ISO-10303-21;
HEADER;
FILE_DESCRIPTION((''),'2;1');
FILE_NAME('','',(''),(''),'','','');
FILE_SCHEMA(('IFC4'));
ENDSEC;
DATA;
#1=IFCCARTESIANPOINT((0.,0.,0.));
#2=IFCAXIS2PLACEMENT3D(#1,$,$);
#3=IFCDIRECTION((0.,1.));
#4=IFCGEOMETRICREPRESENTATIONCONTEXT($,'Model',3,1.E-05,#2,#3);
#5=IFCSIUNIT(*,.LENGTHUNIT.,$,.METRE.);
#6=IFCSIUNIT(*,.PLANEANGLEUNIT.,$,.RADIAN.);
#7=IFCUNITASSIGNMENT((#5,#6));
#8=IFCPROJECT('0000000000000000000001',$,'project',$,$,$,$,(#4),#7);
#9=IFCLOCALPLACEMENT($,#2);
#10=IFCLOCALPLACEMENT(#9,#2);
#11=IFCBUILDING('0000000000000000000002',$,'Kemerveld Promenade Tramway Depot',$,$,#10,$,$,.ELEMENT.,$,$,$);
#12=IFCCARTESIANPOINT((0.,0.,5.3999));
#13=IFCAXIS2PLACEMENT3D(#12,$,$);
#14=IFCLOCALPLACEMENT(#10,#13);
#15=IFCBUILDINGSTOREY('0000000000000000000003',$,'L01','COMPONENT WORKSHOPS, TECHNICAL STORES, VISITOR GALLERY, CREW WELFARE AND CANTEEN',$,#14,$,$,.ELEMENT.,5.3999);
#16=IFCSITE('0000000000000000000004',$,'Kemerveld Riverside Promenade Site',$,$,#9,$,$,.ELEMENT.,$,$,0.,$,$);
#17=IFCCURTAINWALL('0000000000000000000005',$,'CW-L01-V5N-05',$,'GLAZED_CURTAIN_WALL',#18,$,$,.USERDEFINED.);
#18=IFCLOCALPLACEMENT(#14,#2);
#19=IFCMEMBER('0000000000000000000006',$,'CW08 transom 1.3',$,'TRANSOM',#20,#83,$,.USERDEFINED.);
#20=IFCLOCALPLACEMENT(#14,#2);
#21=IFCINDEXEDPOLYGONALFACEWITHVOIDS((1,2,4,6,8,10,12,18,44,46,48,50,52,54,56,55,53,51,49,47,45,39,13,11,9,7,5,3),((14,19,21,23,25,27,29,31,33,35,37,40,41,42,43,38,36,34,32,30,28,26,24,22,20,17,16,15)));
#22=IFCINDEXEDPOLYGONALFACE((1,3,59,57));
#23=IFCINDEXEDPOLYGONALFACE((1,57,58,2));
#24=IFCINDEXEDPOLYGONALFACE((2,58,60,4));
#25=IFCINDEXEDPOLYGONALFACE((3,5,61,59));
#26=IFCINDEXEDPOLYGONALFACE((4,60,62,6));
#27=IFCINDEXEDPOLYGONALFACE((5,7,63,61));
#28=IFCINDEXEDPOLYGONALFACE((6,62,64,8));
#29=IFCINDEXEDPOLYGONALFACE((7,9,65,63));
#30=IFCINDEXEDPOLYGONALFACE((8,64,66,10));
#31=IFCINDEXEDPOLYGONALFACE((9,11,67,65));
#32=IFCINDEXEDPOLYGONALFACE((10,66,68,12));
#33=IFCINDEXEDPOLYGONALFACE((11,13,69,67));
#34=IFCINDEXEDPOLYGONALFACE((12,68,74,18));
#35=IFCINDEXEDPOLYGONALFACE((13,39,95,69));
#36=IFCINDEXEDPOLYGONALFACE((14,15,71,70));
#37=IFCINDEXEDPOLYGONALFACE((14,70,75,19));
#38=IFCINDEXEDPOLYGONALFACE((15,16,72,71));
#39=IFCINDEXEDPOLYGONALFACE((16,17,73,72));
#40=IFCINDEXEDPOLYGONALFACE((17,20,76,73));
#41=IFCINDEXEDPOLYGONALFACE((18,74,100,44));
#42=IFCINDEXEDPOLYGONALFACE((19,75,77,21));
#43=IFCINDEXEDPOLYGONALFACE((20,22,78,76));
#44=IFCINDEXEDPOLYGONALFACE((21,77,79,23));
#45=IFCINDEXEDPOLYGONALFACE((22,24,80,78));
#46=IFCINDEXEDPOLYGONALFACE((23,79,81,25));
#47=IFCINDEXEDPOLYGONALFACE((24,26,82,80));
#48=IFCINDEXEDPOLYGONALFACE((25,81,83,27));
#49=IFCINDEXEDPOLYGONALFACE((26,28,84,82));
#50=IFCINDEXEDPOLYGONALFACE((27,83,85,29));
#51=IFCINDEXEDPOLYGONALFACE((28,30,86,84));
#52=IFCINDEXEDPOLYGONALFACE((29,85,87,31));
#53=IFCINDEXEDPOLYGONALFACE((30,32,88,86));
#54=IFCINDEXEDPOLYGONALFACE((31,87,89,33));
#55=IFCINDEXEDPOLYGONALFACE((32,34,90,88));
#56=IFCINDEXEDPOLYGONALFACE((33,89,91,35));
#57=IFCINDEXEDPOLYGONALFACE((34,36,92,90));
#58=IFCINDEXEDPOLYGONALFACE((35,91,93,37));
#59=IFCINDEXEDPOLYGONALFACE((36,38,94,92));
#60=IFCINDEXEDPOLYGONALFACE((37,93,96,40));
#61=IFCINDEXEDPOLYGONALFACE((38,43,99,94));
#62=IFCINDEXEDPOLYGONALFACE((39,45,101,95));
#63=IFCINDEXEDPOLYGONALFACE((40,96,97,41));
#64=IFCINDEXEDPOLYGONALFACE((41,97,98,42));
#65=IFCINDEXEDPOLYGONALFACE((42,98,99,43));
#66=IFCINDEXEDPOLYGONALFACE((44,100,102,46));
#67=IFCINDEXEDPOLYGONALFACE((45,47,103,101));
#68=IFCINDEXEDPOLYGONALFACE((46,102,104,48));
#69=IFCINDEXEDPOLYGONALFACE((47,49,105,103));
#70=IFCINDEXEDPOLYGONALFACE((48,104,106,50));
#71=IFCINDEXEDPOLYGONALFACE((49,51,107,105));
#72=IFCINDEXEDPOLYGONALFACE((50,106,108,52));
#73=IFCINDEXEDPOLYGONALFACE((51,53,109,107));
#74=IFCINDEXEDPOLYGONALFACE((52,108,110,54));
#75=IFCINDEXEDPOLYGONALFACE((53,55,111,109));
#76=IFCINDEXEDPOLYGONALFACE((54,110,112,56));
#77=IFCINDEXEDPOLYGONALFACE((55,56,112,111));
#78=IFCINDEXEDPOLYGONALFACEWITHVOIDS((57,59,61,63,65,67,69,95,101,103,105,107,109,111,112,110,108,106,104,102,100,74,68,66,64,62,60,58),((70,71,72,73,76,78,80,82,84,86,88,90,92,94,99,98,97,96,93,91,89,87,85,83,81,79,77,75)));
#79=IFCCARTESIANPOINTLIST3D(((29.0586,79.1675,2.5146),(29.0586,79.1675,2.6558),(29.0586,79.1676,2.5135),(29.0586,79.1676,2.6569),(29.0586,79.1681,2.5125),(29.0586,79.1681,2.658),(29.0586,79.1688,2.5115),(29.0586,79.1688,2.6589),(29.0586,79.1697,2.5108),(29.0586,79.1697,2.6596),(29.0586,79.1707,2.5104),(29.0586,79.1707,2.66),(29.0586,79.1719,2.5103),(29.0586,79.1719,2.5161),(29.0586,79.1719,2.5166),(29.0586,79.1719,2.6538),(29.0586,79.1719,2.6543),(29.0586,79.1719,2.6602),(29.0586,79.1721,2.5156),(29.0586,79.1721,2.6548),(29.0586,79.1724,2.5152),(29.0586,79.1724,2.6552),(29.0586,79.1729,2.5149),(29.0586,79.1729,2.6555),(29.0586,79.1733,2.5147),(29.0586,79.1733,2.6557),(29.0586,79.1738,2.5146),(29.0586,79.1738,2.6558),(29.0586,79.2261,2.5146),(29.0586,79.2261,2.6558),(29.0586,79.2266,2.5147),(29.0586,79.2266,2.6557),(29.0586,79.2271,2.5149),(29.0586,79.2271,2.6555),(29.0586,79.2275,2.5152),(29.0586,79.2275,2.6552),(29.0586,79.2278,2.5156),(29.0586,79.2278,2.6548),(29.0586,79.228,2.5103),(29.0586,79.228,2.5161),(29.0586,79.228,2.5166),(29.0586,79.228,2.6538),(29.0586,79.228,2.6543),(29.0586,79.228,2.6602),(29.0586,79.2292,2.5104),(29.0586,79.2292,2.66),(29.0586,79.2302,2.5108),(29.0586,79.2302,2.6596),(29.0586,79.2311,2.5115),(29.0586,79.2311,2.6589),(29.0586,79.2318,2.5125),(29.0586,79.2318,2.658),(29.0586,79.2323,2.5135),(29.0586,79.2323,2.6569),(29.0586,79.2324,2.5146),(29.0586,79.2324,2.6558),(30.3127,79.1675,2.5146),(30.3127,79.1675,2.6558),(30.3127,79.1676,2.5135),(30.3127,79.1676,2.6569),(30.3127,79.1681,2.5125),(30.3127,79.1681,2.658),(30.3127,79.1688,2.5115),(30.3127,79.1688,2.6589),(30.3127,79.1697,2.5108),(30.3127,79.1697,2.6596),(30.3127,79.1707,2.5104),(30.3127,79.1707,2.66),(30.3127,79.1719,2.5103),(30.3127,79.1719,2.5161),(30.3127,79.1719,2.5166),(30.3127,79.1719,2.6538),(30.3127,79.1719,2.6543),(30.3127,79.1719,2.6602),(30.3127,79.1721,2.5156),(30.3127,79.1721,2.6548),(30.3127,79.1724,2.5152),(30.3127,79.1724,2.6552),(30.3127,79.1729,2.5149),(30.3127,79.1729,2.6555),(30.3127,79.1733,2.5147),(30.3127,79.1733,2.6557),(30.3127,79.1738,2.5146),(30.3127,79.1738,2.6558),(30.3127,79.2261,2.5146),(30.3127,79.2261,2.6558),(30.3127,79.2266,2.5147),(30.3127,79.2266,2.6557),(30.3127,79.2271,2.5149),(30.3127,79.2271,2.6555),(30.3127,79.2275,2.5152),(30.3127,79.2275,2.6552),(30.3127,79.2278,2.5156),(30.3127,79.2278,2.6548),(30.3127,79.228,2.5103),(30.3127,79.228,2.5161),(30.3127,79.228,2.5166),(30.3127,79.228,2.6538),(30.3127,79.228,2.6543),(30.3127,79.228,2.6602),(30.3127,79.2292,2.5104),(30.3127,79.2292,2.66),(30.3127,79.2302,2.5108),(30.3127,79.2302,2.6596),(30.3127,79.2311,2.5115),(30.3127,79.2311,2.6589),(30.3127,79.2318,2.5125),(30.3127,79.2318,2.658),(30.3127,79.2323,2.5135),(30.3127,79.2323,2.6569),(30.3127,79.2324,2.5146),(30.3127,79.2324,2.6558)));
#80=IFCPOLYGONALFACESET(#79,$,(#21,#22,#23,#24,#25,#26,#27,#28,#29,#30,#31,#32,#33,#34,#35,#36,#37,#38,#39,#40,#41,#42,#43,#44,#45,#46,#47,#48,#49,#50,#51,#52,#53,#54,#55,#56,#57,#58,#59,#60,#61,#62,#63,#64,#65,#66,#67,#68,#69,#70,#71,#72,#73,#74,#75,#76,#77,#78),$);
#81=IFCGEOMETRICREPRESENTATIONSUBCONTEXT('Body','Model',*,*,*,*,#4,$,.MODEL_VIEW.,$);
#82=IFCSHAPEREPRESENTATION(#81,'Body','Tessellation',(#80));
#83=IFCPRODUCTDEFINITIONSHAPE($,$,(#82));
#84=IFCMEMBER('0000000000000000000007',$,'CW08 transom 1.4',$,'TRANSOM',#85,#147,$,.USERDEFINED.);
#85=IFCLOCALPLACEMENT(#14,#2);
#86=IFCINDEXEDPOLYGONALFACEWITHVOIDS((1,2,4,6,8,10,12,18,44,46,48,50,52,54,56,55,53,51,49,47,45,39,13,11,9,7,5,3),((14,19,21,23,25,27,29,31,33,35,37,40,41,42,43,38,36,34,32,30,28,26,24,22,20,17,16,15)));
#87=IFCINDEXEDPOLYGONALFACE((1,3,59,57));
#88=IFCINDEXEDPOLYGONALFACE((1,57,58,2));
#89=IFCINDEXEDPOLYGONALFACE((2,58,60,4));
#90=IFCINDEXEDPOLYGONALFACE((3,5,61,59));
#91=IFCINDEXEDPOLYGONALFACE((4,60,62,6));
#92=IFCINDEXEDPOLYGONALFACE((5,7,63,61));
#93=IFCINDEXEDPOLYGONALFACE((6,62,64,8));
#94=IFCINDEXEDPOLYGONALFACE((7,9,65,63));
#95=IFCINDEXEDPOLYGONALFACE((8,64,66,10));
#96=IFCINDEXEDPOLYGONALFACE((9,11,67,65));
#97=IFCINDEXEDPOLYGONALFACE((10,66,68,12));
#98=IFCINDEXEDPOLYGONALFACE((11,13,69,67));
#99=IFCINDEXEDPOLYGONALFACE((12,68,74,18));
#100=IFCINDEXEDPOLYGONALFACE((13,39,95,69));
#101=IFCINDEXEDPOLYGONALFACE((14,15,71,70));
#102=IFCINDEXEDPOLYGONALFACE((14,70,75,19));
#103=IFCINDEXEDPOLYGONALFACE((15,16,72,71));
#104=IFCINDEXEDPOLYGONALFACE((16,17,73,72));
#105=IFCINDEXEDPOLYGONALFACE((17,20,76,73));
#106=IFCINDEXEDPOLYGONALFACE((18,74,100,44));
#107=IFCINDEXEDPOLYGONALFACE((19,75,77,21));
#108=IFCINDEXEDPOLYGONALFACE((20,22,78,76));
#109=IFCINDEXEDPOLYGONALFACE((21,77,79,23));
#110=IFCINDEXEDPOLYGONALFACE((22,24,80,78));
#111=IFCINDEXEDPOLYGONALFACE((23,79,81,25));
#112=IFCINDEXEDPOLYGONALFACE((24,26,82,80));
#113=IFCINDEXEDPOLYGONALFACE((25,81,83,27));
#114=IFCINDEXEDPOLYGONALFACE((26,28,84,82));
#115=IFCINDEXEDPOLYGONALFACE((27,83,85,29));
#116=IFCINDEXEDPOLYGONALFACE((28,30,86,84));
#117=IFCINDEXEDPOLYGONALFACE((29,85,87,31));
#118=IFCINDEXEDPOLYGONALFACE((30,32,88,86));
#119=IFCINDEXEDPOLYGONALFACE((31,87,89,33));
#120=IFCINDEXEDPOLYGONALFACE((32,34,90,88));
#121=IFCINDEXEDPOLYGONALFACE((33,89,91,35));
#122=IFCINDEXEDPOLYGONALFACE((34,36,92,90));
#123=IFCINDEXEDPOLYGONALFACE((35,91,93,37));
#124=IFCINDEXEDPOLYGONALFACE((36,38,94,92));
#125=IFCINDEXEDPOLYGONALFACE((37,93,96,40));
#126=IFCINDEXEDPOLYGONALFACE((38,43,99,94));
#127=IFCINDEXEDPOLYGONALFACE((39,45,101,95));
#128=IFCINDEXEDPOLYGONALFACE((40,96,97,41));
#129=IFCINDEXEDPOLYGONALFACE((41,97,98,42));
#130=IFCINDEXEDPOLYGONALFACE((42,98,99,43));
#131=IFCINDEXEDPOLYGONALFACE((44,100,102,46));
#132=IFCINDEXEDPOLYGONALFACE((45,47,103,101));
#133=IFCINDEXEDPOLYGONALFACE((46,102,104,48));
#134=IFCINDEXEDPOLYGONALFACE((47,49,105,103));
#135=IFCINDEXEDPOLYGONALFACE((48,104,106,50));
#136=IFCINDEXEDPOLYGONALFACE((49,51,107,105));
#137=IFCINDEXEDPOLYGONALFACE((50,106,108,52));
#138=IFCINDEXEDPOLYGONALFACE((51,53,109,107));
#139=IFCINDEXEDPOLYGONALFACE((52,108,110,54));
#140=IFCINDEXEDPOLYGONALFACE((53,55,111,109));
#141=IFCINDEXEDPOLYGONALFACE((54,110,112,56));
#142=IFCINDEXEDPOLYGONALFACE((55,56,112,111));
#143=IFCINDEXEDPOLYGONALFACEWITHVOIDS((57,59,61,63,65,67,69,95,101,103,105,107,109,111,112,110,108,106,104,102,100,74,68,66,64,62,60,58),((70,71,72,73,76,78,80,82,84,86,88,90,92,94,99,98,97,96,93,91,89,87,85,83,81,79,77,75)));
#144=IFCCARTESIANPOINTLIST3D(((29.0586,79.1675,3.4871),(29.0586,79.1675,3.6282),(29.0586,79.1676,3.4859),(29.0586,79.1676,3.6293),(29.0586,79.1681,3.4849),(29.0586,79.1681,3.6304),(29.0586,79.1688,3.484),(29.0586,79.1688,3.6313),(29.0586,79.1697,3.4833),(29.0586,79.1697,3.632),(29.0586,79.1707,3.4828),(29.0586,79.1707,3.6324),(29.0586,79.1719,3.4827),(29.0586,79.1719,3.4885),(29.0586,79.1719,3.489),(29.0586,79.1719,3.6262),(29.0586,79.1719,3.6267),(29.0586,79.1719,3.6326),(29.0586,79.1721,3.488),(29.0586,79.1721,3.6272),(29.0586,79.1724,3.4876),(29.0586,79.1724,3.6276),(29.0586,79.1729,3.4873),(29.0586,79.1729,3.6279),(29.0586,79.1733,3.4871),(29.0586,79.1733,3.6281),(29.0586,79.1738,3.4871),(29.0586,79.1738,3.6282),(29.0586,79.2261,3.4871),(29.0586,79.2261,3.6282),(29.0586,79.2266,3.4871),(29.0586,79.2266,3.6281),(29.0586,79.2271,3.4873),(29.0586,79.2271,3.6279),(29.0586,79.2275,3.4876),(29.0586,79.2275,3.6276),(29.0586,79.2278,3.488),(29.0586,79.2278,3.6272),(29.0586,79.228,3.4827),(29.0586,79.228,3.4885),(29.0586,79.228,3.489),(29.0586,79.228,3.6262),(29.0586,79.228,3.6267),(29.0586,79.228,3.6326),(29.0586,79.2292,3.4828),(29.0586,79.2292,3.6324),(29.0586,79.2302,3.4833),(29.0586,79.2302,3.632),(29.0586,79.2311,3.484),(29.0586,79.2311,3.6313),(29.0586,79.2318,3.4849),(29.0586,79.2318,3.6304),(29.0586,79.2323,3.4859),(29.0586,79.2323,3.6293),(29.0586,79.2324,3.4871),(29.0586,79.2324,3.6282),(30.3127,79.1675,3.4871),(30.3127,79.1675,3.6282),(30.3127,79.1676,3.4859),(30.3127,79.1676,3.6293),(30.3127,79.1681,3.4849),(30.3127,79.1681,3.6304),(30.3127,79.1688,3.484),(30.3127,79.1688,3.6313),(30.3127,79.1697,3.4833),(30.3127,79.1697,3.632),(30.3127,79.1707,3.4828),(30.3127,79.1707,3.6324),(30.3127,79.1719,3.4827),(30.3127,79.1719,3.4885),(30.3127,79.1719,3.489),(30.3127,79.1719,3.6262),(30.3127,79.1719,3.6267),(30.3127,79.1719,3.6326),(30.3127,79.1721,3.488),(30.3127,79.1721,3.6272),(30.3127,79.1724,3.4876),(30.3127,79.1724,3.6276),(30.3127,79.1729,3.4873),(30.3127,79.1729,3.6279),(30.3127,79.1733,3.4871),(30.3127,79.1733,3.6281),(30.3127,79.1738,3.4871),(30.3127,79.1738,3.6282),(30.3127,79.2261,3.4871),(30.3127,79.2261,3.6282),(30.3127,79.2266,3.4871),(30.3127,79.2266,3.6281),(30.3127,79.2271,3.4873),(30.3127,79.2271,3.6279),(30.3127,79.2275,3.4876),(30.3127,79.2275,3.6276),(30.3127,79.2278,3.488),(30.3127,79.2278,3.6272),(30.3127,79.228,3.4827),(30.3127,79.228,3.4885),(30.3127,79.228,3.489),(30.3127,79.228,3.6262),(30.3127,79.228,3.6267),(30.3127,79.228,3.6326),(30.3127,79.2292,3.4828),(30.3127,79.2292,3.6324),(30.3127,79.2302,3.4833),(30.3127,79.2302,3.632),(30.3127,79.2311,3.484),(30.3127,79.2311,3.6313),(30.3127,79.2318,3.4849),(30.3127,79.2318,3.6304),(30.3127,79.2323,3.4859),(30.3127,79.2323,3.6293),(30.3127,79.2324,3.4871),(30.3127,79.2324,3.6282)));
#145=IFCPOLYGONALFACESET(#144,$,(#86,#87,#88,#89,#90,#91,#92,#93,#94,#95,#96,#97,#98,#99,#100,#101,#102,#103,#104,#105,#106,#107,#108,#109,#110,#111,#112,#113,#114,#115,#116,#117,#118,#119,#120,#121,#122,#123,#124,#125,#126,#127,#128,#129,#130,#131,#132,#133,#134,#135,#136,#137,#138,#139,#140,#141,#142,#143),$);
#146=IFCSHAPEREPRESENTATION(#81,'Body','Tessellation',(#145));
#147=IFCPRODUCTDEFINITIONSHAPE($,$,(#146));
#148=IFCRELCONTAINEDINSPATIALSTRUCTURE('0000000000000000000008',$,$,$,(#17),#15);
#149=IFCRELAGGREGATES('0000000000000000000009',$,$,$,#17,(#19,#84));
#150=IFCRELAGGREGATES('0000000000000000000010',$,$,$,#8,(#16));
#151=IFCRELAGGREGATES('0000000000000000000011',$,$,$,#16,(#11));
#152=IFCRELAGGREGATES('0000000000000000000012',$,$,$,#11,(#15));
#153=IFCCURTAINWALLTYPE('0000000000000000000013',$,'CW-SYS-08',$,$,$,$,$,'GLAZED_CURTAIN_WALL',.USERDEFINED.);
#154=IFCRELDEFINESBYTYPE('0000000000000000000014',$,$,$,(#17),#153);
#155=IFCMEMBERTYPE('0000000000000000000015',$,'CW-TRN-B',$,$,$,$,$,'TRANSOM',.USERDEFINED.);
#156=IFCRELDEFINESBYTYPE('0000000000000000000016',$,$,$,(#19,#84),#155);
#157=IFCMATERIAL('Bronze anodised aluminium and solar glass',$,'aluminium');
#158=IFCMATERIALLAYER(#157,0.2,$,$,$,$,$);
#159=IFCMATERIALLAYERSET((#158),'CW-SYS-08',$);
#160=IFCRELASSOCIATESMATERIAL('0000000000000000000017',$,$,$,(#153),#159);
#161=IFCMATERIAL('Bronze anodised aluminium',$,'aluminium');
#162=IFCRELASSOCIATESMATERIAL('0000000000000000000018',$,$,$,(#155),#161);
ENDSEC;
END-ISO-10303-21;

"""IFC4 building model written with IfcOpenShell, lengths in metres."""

from ifc_helpers import new_model, si_unit, direction, frame, origin, origin_2d, place, context, subcontext, project, spatial, hollow_rectangle, extrude, material, layer, layer_set, material_profile, profile_set, type_object, element, aggregate, save


model = new_model("IFC4")

# Units and contexts
model_context = context("Model", 3, precision=1e-05, world=origin(), true_north=direction((0.0, 1.0)))
body_context = subcontext(model_context, "Body", "Model", "MODEL_VIEW")
ifc_project = project(units=[si_unit("LENGTHUNIT", "METRE"), si_unit("PLANEANGLEUNIT", "RADIAN")], contexts=[model_context])

# Site, building, storey
site_placement = place(None, origin())
site = spatial("IfcSite", under=ifc_project, at=site_placement, Name="Kemerveld Riverside Promenade Site", CompositionType="ELEMENT", RefElevation=0.0)
building_placement = place(site_placement, origin())
building = spatial("IfcBuilding", under=site, at=building_placement, Name="Kemerveld Promenade Tramway Depot", CompositionType="ELEMENT")
storey_placement = place(building_placement, frame((0.0, 0.0, 5.3999)))
storey = spatial("IfcBuildingStorey", under=building, at=storey_placement, Name="L01", Description="COMPONENT WORKSHOPS, TECHNICAL STORES, VISITOR GALLERY, CREW WELFARE AND CANTEEN", CompositionType="ELEMENT", Elevation=5.3999)

# Curtain wall, members
ifc_material_1 = material(Name="Bronze anodised aluminium and solar glass", Category="aluminium")
ifc_layer_1 = layer(ifc_material_1, 0.2)
ifc_layer_set_1 = layer_set([ifc_layer_1], Name="CW-SYS-08")
curtain_wall_type = type_object("IfcCurtainWallType", Name="CW-SYS-08", ElementType="GLAZED_CURTAIN_WALL", PredefinedType="USERDEFINED", material=ifc_layer_set_1)
curtain_wall_placement = place(storey_placement, origin())
curtain_wall = element("IfcCurtainWall", 1, at=curtain_wall_placement, inside=storey, type_object=curtain_wall_type, Name="CW-L01-V5N-05", ObjectType="GLAZED_CURTAIN_WALL", PredefinedType="USERDEFINED")
ifc_material_2 = material(Name="Bronze anodised aluminium", Category="aluminium")
ifc_material_profile_1 = material_profile(ifc_material_2, hollow_rectangle(XDim=0.0649, YDim=0.1499, WallThickness=0.0044, InnerFilletRadius=0.002, OuterFilletRadius=0.0044, at=origin_2d()), Name="CW-TRN-150x65")
ifc_profile_set_1 = profile_set([ifc_material_profile_1], Name="Bronze anodised aluminium")
member_type_1 = type_object("IfcMemberType", Name="CW-TRN-B", ElementType="TRANSOM", PredefinedType="USERDEFINED", material=ifc_profile_set_1)
member_1_placement = place(storey_placement, frame((29.0586, 79.2, 2.5852), z_axis=(1.0, 0.0, 0.0), x_axis=(0.0, 1.0, 0.0)))
member_1 = element("IfcMember", 2, at=member_1_placement, type_object=member_type_1, Name="CW08 transom 1.3", ObjectType="TRANSOM", PredefinedType="USERDEFINED", context=body_context, shape_type="SweptSolid", body=[
    extrude(hollow_rectangle(XDim=0.0649, YDim=0.1499, WallThickness=0.0044, InnerFilletRadius=0.002, OuterFilletRadius=0.0044, at=origin_2d()), origin(), (0.0, 0.0, 1.0), 1.2542),
])
member_2_placement = place(storey_placement, frame((29.0586, 79.2, 3.5576), z_axis=(1.0, 0.0, 0.0), x_axis=(0.0, 1.0, 0.0)))
member_2 = element("IfcMember", 3, at=member_2_placement, type_object=member_type_1, Name="CW08 transom 1.4", ObjectType="TRANSOM", PredefinedType="USERDEFINED", context=body_context, shape_type="SweptSolid", body=[
    extrude(hollow_rectangle(XDim=0.0649, YDim=0.1499, WallThickness=0.0044, InnerFilletRadius=0.002, OuterFilletRadius=0.0044, at=origin_2d()), origin(), (0.0, 0.0, 1.0), 1.2542),
])
aggregate(curtain_wall, [member_1, member_2])

save(model, "model.ifc")
